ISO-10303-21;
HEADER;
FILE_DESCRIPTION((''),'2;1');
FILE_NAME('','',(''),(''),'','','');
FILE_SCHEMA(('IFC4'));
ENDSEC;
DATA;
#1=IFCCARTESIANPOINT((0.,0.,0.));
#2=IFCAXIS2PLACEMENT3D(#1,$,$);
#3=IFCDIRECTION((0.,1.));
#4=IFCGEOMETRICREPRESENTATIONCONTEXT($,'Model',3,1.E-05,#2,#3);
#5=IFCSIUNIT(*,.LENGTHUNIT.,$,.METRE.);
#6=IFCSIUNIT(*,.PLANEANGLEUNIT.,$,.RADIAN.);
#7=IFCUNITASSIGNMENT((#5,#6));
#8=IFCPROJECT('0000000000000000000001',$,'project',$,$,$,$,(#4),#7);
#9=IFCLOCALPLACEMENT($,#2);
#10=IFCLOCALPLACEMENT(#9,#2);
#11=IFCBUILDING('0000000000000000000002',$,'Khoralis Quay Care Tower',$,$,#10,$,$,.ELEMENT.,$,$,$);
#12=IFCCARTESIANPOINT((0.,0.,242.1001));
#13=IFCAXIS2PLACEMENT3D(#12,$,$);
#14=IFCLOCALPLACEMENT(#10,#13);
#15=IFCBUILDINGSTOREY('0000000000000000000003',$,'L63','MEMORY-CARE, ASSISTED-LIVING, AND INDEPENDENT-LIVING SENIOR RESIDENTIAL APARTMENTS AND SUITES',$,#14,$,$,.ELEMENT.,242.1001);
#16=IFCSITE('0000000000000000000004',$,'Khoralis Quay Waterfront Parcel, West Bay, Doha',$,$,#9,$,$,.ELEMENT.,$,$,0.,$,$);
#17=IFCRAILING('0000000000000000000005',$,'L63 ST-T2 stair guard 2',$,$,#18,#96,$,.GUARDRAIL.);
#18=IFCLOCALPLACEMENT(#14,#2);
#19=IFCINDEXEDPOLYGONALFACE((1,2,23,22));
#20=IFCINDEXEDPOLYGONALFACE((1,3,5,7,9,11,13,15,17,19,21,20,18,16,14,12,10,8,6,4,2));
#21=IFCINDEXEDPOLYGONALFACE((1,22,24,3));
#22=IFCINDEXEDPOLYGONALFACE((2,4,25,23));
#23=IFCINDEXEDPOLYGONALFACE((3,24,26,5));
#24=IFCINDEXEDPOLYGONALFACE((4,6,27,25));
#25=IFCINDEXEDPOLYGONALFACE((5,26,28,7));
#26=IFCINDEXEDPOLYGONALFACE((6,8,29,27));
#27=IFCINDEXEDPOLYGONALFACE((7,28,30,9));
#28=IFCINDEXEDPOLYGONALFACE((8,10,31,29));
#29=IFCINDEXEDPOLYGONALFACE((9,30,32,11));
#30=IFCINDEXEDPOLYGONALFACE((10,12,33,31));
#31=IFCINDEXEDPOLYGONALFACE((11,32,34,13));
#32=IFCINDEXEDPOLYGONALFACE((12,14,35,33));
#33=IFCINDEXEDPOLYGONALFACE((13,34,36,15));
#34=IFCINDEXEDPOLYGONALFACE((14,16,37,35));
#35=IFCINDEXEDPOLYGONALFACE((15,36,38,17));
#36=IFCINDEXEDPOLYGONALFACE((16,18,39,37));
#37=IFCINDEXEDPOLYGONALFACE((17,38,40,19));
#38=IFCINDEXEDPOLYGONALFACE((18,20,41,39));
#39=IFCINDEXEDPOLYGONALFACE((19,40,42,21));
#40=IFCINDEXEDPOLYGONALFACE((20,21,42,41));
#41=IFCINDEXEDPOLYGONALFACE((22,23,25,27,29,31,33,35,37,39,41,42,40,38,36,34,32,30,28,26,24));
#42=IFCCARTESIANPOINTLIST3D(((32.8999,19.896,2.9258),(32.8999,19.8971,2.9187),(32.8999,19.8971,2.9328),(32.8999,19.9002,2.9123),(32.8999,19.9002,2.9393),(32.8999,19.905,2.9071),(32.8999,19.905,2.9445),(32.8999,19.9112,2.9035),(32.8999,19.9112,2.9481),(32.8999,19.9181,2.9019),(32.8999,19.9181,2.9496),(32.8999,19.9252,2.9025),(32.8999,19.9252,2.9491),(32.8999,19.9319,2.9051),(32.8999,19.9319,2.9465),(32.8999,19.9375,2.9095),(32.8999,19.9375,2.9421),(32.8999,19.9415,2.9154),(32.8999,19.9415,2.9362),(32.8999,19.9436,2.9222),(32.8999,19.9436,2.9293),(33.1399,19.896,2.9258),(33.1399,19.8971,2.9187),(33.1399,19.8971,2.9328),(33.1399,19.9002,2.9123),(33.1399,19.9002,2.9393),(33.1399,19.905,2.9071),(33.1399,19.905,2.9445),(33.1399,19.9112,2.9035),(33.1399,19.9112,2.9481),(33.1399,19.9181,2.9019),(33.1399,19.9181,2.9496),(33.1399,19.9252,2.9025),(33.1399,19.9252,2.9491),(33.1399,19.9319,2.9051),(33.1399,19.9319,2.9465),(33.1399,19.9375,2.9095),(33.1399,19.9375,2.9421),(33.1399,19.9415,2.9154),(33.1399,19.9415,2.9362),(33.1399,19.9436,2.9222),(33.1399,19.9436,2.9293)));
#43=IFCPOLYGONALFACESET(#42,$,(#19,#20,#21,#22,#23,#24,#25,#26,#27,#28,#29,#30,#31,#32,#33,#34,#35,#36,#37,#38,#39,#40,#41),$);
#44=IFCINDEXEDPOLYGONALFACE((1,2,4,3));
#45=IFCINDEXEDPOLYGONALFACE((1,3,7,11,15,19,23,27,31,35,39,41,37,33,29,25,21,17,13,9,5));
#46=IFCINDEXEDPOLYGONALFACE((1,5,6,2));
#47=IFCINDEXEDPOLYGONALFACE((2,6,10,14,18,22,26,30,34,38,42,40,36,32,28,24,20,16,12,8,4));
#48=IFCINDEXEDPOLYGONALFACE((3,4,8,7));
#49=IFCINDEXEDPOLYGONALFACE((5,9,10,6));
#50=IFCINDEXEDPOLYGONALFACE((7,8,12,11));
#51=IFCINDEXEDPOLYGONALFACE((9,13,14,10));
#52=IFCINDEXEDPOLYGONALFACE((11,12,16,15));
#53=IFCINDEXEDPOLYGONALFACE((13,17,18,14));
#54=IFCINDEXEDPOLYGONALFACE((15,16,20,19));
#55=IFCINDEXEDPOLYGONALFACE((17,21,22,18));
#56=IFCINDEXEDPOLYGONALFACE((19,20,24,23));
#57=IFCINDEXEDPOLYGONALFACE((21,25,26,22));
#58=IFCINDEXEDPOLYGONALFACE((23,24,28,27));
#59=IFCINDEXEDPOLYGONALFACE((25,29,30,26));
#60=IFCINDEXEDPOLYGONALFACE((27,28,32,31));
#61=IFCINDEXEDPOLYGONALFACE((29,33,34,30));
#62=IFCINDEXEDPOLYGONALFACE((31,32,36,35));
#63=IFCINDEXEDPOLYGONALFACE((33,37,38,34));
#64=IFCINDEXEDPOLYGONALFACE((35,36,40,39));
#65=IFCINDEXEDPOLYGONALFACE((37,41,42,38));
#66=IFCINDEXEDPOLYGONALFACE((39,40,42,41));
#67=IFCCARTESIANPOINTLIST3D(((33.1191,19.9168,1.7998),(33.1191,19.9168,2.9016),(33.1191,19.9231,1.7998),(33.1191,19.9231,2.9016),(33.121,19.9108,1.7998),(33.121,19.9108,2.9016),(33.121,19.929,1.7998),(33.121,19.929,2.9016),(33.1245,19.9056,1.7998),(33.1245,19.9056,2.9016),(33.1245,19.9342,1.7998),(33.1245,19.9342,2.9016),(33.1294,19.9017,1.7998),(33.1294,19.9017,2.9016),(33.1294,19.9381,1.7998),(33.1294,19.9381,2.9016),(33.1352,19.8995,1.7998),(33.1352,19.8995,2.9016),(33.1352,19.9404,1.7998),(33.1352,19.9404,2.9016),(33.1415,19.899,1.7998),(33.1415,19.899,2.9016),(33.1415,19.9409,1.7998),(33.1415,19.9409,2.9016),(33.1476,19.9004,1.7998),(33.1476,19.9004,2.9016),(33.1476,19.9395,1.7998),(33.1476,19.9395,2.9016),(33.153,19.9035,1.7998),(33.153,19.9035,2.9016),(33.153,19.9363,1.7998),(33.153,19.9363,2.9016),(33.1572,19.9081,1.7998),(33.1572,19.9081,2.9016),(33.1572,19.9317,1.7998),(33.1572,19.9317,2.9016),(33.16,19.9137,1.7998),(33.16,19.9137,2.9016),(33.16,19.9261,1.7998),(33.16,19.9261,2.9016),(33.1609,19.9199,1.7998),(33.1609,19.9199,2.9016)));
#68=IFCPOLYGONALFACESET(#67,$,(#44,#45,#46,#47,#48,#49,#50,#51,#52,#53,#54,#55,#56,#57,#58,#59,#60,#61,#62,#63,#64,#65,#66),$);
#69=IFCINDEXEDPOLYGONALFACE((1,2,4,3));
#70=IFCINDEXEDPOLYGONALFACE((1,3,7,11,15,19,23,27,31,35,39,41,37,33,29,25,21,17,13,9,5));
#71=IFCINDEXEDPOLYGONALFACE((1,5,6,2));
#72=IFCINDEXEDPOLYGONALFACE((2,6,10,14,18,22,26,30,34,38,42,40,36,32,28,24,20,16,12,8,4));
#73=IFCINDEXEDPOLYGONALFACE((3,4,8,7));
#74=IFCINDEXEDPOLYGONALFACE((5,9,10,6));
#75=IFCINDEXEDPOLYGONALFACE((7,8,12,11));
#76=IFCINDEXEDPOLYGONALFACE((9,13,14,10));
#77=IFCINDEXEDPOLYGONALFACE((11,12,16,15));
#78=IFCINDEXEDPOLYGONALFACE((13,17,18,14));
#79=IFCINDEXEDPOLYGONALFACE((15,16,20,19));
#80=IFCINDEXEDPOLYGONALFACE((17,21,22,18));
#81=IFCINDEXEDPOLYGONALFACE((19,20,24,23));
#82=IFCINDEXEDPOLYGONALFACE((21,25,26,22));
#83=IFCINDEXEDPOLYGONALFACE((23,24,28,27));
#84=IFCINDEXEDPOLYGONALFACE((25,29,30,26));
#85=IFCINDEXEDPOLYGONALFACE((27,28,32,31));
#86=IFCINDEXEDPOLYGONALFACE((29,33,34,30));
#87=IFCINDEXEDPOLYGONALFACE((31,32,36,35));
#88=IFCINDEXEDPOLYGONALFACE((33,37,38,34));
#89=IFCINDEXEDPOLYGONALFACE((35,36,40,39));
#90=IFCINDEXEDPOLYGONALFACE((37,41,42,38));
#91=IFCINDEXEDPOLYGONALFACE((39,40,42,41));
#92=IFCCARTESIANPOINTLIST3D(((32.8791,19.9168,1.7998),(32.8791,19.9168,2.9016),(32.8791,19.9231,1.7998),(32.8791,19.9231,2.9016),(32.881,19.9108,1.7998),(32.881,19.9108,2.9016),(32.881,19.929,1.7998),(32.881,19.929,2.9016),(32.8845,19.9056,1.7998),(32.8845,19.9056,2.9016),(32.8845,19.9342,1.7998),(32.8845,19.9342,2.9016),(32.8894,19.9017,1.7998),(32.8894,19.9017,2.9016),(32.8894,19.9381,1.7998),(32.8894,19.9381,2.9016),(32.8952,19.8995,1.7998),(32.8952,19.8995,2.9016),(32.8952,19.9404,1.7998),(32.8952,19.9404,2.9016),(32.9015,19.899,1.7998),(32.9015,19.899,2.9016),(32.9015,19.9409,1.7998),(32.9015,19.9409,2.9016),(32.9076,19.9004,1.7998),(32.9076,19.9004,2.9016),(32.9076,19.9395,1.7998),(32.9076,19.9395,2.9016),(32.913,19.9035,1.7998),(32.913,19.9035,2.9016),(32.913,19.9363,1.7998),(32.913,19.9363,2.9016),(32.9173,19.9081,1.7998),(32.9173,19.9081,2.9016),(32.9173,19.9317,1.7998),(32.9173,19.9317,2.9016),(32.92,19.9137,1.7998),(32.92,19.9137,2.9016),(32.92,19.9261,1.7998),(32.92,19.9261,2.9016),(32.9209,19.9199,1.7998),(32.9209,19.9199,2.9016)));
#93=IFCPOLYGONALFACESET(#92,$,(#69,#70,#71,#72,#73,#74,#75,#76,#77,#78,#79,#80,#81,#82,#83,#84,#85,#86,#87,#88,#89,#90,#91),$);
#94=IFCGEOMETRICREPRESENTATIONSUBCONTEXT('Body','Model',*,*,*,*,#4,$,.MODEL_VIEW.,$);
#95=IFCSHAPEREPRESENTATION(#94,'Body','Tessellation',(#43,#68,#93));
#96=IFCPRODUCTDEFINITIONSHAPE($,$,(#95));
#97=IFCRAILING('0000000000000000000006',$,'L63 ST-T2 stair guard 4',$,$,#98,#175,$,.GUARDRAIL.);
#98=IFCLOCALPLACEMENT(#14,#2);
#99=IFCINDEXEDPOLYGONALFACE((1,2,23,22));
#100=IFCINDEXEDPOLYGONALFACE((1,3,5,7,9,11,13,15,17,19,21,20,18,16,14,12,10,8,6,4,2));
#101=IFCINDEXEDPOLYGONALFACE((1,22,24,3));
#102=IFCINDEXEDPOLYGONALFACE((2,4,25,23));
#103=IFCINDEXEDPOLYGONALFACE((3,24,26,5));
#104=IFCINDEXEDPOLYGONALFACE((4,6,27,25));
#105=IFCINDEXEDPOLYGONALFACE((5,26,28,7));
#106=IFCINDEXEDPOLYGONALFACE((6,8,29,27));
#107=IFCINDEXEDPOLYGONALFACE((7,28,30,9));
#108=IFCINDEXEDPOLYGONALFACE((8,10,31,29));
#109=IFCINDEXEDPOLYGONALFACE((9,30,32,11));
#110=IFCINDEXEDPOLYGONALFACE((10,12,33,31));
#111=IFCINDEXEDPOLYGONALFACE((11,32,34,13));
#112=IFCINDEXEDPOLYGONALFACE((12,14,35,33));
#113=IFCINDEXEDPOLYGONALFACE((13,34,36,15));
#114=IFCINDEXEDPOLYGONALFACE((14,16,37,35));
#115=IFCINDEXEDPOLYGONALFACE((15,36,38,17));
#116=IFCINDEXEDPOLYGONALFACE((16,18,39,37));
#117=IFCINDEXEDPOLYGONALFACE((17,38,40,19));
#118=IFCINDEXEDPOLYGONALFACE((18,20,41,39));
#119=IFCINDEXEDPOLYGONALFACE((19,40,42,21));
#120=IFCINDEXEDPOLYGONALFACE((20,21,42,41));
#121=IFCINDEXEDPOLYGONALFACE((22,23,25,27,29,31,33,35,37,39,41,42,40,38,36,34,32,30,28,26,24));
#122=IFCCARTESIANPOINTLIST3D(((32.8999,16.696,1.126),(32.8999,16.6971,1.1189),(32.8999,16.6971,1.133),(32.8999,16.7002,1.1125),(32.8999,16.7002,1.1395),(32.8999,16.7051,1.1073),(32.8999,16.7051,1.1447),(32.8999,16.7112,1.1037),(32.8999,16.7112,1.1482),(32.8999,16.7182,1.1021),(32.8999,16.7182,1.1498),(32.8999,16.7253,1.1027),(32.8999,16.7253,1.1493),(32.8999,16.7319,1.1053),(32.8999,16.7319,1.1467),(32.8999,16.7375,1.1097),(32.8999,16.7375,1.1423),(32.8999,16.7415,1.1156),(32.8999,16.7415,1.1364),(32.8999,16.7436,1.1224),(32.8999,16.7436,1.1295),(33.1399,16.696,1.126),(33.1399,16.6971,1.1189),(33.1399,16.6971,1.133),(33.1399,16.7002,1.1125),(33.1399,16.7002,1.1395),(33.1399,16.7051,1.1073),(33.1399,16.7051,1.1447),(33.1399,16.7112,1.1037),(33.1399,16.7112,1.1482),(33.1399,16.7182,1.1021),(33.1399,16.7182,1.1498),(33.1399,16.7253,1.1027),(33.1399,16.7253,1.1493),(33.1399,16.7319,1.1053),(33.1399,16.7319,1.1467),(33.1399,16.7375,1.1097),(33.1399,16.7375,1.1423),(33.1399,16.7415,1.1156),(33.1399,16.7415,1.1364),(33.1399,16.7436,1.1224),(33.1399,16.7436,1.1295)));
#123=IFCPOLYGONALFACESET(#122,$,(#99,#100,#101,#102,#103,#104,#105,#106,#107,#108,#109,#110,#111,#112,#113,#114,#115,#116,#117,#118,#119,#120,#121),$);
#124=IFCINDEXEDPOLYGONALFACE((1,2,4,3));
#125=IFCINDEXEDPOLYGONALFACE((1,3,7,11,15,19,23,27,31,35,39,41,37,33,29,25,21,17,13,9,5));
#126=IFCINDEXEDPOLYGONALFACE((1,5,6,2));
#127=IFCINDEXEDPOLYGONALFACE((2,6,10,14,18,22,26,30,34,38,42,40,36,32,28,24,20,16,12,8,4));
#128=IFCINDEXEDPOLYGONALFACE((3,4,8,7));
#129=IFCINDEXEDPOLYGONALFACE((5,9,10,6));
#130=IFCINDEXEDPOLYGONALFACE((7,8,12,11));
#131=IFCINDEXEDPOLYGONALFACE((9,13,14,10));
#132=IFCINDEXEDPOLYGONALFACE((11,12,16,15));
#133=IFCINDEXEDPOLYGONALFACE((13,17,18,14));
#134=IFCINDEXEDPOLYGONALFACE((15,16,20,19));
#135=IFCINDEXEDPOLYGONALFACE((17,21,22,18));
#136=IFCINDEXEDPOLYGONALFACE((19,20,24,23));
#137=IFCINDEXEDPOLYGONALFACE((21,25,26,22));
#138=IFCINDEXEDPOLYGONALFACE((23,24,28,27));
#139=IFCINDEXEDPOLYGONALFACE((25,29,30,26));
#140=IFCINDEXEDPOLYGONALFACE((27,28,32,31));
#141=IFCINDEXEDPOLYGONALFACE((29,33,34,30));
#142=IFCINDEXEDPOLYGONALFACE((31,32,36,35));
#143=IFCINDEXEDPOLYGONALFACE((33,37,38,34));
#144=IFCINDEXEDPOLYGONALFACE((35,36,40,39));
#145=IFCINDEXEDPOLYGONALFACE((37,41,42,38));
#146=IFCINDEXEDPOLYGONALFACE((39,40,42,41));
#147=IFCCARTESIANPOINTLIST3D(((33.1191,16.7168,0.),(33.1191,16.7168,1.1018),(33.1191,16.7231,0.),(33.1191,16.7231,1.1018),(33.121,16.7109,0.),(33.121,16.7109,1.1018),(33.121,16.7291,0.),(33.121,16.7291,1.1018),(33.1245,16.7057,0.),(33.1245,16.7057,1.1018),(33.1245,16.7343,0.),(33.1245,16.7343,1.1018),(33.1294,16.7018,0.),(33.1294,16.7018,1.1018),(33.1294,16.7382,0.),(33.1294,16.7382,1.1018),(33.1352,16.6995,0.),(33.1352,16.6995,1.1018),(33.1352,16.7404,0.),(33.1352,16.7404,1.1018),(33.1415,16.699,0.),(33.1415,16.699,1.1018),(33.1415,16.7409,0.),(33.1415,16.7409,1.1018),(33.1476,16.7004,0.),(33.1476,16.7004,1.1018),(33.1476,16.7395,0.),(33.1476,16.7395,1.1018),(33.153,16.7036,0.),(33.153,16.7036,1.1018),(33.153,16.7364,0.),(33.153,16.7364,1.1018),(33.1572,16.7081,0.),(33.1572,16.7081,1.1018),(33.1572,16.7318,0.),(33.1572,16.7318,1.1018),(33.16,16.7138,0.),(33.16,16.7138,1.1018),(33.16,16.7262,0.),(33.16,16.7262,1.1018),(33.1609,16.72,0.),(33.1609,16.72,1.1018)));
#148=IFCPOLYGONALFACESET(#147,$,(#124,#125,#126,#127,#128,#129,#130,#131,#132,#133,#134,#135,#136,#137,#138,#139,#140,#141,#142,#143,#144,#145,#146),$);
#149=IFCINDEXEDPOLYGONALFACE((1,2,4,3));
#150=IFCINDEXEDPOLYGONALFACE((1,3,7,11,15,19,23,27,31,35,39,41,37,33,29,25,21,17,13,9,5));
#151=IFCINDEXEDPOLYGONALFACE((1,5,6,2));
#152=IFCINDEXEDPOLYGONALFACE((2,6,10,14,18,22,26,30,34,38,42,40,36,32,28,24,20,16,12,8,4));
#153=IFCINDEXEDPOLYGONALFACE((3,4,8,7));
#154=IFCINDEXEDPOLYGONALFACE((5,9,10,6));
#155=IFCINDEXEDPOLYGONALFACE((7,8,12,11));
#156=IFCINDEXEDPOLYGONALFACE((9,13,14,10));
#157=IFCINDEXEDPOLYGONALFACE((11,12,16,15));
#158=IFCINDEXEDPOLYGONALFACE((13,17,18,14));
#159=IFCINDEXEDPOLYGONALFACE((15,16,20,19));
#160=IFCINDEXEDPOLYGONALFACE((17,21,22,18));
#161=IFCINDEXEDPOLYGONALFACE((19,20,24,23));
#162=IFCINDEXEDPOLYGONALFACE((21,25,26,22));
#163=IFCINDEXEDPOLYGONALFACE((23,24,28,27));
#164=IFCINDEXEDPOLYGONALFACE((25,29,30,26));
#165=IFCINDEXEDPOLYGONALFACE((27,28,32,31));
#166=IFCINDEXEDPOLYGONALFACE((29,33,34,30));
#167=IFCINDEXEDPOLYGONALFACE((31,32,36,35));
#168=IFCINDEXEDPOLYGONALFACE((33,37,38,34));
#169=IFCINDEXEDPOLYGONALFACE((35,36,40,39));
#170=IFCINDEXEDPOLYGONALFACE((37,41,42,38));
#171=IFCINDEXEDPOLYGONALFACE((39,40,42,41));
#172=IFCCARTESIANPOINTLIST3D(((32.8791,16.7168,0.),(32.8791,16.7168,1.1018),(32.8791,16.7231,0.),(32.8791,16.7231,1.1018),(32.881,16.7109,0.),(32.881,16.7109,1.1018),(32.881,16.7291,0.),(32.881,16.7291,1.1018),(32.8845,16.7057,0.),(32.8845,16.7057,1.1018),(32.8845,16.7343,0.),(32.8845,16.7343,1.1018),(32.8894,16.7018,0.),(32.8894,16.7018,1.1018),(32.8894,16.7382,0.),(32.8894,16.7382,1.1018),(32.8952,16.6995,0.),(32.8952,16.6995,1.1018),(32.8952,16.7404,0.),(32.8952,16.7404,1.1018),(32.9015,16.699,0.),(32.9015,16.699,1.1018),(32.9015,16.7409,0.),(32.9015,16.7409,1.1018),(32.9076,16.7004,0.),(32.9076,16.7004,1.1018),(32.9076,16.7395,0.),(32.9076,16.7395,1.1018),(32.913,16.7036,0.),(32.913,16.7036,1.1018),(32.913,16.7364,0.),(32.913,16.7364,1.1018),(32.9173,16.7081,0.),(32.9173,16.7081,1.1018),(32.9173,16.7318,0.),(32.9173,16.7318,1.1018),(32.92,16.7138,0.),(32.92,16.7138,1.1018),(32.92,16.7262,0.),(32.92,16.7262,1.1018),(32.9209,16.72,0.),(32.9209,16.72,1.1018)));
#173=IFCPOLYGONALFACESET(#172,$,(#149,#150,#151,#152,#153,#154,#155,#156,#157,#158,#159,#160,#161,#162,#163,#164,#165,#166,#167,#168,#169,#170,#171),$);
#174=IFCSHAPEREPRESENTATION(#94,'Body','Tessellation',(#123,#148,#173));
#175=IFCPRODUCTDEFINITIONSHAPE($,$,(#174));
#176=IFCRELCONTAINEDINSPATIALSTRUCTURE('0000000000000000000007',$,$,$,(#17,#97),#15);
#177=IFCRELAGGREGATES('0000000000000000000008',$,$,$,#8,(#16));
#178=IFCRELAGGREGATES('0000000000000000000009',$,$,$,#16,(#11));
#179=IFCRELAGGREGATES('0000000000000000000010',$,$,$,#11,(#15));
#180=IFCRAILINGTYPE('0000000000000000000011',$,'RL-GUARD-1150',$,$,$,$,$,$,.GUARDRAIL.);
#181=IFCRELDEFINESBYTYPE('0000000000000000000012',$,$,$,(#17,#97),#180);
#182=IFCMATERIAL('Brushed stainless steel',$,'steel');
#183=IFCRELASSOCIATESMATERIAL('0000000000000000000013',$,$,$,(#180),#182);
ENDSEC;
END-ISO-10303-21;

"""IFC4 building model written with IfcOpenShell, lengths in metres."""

from ifc_helpers import new_model, si_unit, direction, frame, origin, origin_2d, place, context, subcontext, project, spatial, circle, extrude, material, type_object, element, save


model = new_model("IFC4")

# Units and contexts
model_context = context("Model", 3, precision=1e-05, world=origin(), true_north=direction((0.0, 1.0)))
body_context = subcontext(model_context, "Body", "Model", "MODEL_VIEW")
ifc_project = project(units=[si_unit("LENGTHUNIT", "METRE"), si_unit("PLANEANGLEUNIT", "RADIAN")], contexts=[model_context])

# Site, building, storey
site_placement = place(None, origin())
site = spatial("IfcSite", under=ifc_project, at=site_placement, Name="Khoralis Quay Waterfront Parcel, West Bay, Doha", CompositionType="ELEMENT", RefElevation=0.0)
building_placement = place(site_placement, origin())
building = spatial("IfcBuilding", under=site, at=building_placement, Name="Khoralis Quay Care Tower", CompositionType="ELEMENT")
storey_placement = place(building_placement, frame((0.0, 0.0, 242.1001)))
storey = spatial("IfcBuildingStorey", under=building, at=storey_placement, Name="L63", Description="MEMORY-CARE, ASSISTED-LIVING, AND INDEPENDENT-LIVING SENIOR RESIDENTIAL APARTMENTS AND SUITES", CompositionType="ELEMENT", Elevation=242.1001)

# Railings
ifc_material_1 = material(Name="Brushed stainless steel", Category="steel")
railing_type_1 = type_object("IfcRailingType", Name="RL-GUARD-1150", PredefinedType="GUARDRAIL", material=ifc_material_1)
for number, where, name in (
    (1, (33.1399, 19.9199, 1.7998), "L63 ST-T2 stair guard 2"),
    (2, (33.1399, 16.72, 0.0), "L63 ST-T2 stair guard 4"),
):
    element("IfcRailing", number, at=place(storey_placement, frame(where)), inside=storey, type_object=railing_type_1, Name=name, PredefinedType="GUARDRAIL", context=body_context, shape_type="SweptSolid", body=[
        extrude(circle(Radius=0.0239, at=origin_2d()), frame((0.0, 0.0, 1.126), z_axis=(-1.0, 0.0, 0.0), x_axis=(0.0, -1.0, 0.0)), (0.0, 0.0, 1.0), 0.24),
        extrude(circle(Radius=0.021, at=origin_2d()), origin(), (0.0, 0.0, 1.0), 1.1018),
        extrude(circle(Radius=0.021, at=origin_2d()), frame((-0.24, 0.0, 0.0)), (0.0, 0.0, 1.0), 1.1018),
    ])

save(model, "model.ifc")
